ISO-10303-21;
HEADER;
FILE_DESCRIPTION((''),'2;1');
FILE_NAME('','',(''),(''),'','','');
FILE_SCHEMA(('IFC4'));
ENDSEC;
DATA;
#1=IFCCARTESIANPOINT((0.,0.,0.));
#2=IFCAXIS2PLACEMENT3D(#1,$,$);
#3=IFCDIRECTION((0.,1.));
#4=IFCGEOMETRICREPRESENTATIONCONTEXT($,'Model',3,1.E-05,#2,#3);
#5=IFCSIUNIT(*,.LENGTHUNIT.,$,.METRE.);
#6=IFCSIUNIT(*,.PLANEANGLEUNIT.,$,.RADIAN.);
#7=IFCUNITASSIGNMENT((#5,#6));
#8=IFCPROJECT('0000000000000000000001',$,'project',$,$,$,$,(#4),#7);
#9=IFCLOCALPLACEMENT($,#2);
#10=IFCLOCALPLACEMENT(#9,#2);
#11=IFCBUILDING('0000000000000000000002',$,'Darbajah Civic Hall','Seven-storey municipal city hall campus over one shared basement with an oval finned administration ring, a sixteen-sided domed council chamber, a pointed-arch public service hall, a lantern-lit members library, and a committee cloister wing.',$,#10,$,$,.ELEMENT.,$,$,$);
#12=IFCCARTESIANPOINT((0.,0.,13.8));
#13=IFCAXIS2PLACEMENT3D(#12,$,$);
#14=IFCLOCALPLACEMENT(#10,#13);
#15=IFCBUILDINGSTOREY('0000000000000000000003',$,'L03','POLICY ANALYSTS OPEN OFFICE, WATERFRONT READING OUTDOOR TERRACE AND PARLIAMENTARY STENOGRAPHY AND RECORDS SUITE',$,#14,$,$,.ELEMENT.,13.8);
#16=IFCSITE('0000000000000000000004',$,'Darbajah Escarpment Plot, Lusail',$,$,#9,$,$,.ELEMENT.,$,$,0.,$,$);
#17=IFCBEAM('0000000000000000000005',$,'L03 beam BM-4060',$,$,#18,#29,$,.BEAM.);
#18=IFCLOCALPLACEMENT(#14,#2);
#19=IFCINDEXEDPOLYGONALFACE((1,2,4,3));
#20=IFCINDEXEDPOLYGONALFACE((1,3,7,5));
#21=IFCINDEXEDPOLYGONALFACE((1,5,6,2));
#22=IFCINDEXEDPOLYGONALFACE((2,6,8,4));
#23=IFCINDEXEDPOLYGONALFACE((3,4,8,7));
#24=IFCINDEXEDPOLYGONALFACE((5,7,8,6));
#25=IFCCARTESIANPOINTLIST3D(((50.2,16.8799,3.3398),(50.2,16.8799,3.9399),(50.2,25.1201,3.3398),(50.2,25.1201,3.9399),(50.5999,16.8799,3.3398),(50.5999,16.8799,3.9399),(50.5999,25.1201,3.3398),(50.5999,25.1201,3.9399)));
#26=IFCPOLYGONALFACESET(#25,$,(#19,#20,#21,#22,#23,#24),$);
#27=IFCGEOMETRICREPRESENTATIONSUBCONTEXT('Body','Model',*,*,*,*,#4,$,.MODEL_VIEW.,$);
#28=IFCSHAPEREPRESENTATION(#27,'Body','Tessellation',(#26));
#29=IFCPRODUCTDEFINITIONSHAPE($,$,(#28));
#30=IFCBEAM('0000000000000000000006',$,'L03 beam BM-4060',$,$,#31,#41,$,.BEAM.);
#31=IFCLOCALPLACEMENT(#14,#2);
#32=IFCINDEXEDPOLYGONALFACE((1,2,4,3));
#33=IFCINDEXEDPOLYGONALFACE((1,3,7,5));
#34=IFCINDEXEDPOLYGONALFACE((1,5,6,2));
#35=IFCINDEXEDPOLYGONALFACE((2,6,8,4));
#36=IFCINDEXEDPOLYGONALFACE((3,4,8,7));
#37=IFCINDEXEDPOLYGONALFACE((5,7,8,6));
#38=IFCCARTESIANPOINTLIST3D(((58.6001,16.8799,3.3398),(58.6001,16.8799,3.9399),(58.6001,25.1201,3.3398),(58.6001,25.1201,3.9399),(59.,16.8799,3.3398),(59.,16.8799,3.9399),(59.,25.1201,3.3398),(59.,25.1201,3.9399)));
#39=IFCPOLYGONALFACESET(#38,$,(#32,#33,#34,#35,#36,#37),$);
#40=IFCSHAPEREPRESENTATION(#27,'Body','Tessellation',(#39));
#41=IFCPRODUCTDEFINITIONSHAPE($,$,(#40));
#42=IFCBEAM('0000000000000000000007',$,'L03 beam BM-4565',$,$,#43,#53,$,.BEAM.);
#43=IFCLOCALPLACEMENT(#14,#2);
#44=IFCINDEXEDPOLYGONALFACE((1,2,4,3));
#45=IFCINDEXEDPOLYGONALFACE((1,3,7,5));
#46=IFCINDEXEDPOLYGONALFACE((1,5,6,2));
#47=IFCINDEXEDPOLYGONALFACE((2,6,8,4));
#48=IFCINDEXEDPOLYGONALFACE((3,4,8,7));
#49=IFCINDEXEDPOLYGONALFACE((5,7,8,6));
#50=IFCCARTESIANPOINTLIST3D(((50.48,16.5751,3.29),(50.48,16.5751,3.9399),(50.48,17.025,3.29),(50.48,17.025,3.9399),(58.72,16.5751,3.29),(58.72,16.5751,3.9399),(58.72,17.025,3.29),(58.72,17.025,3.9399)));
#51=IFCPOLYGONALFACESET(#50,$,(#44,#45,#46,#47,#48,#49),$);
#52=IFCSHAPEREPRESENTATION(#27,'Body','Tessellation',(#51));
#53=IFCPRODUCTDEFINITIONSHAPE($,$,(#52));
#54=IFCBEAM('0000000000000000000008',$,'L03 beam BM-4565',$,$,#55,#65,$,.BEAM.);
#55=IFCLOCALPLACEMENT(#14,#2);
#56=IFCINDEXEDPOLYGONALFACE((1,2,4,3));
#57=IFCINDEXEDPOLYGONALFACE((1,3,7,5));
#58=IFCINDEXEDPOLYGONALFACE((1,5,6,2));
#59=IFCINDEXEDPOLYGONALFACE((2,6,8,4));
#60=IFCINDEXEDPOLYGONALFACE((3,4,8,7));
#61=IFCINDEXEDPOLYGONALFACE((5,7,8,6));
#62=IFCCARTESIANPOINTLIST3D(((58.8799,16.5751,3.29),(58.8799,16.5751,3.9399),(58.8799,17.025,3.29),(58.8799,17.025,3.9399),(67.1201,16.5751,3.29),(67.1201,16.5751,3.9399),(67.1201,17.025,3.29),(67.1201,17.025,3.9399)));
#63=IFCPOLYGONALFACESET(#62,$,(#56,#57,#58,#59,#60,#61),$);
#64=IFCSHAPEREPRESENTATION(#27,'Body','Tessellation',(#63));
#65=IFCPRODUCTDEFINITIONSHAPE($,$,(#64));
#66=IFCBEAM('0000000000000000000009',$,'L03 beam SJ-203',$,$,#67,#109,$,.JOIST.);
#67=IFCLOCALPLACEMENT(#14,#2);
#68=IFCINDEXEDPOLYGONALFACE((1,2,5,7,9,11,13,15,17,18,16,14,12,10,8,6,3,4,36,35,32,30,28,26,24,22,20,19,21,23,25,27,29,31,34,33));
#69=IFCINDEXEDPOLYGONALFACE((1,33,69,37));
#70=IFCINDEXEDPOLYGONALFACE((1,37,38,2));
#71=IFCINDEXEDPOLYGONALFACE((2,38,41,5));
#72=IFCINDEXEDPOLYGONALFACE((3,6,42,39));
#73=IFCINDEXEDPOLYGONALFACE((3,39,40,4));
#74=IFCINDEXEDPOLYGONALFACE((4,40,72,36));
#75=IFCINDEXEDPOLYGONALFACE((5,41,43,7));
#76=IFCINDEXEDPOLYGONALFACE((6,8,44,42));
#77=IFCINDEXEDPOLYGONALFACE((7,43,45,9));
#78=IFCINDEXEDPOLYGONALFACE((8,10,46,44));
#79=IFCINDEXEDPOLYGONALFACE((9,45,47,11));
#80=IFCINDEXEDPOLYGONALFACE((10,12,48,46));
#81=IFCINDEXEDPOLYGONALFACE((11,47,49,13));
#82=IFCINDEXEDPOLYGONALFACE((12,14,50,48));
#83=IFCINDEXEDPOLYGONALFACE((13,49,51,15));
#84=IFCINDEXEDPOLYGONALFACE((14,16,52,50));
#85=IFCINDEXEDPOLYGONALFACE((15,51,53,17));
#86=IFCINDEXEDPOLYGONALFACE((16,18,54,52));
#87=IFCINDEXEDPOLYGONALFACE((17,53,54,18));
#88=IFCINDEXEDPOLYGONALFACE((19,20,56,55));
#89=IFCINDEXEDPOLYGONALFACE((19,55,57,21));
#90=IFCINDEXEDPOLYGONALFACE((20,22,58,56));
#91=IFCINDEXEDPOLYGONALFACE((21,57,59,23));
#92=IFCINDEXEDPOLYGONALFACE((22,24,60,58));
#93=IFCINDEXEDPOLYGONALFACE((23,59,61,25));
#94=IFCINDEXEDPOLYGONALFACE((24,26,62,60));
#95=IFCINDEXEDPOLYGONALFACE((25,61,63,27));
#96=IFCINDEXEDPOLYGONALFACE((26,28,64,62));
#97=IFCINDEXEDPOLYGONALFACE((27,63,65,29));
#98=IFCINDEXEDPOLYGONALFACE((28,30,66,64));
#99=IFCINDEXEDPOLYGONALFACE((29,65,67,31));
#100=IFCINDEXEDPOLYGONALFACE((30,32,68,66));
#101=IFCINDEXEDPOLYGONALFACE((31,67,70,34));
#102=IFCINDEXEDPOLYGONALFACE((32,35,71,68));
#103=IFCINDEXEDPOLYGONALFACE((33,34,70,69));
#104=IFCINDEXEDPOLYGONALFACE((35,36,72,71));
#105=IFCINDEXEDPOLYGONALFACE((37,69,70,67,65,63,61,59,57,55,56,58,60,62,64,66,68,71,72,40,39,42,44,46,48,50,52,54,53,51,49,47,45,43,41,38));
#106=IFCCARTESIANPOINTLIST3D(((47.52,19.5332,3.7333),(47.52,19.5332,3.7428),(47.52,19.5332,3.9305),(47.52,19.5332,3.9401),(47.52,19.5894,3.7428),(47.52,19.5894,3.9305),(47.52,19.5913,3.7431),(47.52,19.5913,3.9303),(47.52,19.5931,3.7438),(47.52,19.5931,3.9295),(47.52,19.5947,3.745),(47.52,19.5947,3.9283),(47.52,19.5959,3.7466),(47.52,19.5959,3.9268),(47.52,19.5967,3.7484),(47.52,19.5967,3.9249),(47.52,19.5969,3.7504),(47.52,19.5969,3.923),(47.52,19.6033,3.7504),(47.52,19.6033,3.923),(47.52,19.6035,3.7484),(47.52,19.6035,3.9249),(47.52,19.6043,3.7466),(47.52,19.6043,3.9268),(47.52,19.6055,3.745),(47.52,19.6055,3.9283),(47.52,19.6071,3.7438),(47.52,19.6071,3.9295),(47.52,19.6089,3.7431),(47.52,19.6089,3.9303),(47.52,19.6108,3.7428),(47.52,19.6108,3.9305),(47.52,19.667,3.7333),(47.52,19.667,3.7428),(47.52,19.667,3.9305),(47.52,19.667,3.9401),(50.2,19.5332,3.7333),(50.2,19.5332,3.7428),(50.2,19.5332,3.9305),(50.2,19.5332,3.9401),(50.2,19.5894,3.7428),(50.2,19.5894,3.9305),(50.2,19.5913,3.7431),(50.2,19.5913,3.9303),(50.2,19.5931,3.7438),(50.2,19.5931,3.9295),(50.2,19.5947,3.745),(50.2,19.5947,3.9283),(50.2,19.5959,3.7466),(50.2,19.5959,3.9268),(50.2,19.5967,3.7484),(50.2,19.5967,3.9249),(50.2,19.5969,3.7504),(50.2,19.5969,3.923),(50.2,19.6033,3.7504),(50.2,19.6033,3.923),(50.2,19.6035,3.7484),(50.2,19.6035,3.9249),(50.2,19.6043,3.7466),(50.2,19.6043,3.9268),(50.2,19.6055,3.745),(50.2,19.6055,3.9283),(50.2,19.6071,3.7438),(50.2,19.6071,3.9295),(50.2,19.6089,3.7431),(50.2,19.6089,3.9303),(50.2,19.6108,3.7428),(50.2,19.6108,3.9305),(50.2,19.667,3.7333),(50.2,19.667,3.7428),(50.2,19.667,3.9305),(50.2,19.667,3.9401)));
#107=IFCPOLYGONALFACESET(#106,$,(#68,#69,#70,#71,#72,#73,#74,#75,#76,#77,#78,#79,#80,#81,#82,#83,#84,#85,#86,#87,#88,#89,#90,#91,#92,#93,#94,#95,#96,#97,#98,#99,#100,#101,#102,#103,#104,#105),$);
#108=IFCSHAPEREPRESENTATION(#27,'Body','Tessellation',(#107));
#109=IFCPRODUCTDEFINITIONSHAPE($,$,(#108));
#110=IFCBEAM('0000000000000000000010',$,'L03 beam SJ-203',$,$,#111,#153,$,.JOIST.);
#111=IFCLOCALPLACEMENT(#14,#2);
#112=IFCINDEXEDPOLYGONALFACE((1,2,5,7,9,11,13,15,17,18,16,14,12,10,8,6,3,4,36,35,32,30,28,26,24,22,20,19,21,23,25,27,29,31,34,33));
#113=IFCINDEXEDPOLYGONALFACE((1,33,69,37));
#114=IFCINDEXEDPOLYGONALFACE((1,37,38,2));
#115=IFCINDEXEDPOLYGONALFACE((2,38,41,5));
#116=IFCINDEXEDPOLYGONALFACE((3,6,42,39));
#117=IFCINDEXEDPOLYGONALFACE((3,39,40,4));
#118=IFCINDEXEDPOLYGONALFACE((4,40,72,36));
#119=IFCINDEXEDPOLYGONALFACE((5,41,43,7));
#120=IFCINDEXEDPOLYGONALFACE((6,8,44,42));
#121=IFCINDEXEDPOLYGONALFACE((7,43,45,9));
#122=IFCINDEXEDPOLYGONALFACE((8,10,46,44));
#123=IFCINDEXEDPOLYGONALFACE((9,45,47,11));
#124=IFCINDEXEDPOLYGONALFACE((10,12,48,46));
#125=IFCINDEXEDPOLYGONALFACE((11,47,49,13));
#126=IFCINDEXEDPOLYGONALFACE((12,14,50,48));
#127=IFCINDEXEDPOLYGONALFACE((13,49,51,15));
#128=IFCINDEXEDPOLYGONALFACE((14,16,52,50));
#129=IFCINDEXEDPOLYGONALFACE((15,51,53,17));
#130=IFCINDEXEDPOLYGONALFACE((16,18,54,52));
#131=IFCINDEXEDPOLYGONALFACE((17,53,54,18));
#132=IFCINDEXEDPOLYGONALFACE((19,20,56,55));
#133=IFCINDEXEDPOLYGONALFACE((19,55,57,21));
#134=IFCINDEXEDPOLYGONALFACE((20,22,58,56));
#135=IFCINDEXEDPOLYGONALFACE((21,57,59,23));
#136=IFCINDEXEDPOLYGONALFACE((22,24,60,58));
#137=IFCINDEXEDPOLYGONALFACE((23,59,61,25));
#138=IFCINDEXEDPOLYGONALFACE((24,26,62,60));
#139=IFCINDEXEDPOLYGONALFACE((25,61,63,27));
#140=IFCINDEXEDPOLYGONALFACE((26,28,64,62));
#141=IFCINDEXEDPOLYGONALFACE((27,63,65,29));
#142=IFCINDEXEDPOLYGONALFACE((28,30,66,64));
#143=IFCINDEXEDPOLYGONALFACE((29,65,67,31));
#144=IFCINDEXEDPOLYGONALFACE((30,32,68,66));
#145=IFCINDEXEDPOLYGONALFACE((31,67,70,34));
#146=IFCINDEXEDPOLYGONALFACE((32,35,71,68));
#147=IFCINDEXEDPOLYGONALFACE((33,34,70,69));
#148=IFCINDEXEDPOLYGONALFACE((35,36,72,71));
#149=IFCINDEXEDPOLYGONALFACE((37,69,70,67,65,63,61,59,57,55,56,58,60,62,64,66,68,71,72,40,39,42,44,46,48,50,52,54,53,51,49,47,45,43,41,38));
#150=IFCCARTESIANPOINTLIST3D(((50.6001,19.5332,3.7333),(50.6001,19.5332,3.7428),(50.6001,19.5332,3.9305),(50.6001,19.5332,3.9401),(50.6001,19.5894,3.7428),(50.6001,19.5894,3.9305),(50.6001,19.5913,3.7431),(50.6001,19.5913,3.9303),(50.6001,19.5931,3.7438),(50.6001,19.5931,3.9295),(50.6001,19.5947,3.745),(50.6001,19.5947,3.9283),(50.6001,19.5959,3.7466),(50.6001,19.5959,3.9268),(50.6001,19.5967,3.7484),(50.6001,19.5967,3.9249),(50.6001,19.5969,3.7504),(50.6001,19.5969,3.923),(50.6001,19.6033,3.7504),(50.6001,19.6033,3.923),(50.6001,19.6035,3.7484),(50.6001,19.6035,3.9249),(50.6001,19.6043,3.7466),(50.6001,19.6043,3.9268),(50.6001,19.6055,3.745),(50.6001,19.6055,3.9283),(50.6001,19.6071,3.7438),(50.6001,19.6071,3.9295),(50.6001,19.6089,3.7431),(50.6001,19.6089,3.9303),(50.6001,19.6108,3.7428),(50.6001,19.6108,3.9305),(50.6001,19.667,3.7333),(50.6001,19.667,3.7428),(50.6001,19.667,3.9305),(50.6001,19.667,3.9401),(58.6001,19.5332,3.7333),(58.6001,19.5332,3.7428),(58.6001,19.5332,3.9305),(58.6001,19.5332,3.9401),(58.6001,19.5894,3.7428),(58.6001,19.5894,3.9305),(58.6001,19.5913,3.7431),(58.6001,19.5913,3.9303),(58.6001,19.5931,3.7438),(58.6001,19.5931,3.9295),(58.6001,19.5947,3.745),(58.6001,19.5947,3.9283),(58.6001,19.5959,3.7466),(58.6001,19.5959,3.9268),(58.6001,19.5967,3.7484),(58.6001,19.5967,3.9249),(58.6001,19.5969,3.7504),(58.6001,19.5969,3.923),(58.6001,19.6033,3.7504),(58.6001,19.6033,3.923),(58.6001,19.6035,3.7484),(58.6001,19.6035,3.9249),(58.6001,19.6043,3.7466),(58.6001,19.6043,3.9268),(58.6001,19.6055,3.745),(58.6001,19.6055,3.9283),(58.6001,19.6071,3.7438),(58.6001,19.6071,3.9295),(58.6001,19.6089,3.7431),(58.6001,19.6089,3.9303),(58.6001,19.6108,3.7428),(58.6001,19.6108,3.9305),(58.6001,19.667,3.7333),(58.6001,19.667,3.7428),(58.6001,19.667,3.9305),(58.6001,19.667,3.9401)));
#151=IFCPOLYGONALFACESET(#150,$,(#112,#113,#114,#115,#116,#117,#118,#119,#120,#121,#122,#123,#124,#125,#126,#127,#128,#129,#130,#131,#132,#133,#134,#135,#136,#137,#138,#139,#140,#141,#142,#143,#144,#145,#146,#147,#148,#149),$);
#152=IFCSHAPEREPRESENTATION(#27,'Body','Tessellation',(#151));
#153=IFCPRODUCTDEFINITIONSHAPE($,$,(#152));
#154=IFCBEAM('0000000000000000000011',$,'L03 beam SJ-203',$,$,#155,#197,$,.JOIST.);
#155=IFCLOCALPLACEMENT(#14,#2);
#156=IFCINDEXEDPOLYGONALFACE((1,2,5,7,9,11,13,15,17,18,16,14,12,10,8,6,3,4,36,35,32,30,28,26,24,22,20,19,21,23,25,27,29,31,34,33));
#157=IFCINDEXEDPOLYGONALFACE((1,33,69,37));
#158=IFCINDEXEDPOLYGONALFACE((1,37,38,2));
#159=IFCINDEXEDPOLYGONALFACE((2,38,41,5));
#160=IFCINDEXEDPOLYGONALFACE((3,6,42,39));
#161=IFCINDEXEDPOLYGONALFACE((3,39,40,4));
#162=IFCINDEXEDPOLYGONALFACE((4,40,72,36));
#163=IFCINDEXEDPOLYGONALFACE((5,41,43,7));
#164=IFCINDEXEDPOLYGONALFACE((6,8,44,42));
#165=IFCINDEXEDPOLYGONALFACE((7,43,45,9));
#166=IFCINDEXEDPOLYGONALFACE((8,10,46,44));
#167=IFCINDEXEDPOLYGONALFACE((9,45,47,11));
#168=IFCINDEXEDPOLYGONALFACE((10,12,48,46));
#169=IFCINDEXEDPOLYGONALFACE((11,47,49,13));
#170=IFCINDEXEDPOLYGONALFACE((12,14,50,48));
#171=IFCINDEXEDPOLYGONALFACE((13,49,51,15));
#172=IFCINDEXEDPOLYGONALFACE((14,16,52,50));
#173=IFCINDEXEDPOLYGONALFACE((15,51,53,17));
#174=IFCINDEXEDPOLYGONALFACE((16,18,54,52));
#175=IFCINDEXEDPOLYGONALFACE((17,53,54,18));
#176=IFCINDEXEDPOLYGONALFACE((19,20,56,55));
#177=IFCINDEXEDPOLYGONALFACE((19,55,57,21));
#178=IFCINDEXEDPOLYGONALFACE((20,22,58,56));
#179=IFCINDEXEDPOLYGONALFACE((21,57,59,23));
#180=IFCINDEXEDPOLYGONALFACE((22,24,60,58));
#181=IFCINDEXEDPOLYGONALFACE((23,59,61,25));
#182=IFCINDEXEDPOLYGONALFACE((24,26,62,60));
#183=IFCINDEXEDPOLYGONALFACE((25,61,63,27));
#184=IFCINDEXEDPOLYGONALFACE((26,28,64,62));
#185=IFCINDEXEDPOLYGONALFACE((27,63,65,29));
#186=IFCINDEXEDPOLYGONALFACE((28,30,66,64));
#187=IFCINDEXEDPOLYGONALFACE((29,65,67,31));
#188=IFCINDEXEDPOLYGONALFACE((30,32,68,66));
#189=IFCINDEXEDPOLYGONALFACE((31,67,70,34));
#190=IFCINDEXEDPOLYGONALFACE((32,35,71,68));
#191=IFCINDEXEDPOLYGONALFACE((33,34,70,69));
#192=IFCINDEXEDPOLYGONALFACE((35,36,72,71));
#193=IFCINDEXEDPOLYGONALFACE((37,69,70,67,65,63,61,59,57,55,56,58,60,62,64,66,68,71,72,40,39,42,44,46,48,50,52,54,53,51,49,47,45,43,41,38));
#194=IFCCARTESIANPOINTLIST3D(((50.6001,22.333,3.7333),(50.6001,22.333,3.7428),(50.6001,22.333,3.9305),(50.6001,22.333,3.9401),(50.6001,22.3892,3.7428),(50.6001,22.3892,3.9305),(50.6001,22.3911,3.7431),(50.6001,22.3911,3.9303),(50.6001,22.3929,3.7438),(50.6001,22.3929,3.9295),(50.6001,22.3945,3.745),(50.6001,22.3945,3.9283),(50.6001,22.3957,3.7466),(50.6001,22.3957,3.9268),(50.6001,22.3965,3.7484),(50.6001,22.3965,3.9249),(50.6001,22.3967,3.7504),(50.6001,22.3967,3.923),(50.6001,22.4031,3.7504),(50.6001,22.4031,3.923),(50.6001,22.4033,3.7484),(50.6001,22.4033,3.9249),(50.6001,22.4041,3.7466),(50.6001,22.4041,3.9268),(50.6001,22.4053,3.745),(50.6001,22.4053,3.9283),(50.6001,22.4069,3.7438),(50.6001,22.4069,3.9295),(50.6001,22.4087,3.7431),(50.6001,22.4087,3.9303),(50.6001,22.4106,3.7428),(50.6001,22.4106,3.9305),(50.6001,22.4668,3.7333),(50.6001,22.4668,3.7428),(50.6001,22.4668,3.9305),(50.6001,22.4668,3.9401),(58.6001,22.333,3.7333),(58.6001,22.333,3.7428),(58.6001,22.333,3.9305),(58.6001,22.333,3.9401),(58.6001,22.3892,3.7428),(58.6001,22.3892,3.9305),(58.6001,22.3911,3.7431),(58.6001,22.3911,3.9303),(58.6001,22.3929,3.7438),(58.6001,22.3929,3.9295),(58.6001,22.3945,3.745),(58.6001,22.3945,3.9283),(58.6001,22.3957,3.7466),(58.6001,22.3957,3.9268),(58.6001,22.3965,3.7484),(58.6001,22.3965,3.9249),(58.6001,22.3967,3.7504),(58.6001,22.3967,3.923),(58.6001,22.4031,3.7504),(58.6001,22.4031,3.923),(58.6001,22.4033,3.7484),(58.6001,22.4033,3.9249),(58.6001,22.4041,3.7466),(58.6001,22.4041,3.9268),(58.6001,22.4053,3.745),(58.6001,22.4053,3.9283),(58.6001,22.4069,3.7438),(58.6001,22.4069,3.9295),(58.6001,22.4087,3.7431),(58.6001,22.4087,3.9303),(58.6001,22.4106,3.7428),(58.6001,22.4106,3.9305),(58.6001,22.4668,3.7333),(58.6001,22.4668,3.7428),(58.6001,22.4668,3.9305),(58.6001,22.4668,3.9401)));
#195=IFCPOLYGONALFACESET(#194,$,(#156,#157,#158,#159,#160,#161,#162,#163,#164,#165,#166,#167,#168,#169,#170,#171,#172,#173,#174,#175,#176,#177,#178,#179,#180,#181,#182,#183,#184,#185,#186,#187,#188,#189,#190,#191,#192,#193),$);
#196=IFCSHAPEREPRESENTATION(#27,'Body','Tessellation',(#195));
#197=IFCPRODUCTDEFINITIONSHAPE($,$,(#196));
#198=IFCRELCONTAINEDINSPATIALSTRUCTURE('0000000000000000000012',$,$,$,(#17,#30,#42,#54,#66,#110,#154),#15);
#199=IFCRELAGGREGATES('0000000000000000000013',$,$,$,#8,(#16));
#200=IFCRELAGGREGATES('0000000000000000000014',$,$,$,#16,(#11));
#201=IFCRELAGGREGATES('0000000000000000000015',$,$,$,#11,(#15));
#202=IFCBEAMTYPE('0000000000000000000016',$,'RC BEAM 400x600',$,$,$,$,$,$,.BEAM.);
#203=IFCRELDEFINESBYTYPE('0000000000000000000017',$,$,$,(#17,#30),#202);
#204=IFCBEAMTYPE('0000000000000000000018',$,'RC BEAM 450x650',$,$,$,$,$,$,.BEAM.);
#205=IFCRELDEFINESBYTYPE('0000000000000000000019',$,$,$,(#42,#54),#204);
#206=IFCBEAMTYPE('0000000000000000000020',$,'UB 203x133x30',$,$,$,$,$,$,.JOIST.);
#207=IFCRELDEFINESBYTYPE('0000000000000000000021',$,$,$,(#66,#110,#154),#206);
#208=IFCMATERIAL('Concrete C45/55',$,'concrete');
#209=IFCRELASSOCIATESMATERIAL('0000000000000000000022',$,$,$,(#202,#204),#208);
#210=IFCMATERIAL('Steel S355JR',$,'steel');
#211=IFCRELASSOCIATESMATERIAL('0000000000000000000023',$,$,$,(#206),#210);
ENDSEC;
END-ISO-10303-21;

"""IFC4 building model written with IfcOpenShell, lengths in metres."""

from ifc_helpers import new_model, si_unit, direction, frame, origin, origin_2d, place, context, subcontext, project, spatial, rectangle, i_section, extrude, material, material_profile, profile_set, type_object, element, save


model = new_model("IFC4")

# Units and contexts
model_context = context("Model", 3, precision=1e-05, world=origin(), true_north=direction((0.0, 1.0)))
body_context = subcontext(model_context, "Body", "Model", "MODEL_VIEW")
ifc_project = project(units=[si_unit("LENGTHUNIT", "METRE"), si_unit("PLANEANGLEUNIT", "RADIAN")], contexts=[model_context])

# Site, building, storey
site_placement = place(None, origin())
site = spatial("IfcSite", under=ifc_project, at=site_placement, Name="Darbajah Escarpment Plot, Lusail", CompositionType="ELEMENT", RefElevation=0.0)
building_placement = place(site_placement, origin())
building = spatial("IfcBuilding", under=site, at=building_placement, Name="Darbajah Civic Hall", Description="Seven-storey municipal city hall campus over one shared basement with an oval finned administration ring, a sixteen-sided domed council chamber, a pointed-arch public service hall, a lantern-lit members library, and a committee cloister wing.", CompositionType="ELEMENT")
storey_placement = place(building_placement, frame((0.0, 0.0, 13.8)))
storey = spatial("IfcBuildingStorey", under=building, at=storey_placement, Name="L03", Description="POLICY ANALYSTS OPEN OFFICE, WATERFRONT READING OUTDOOR TERRACE AND PARLIAMENTARY STENOGRAPHY AND RECORDS SUITE", CompositionType="ELEMENT", Elevation=13.8)

# Shared definitions
ifc_material_1 = material(Name="Concrete C45/55", Category="concrete")

# Beams
ifc_material_profile_1 = material_profile(ifc_material_1, rectangle(XDim=0.3999, YDim=0.6001, at=origin_2d()), Name="RC BEAM 400x600")
ifc_profile_set_1 = profile_set([ifc_material_profile_1], Name="Concrete C45/55")
beam_type_1 = type_object("IfcBeamType", Name="RC BEAM 400x600", PredefinedType="BEAM", material=ifc_profile_set_1)
for number, where, z_axis, x_axis, name in (
    (1, (50.3999, 16.8799, 3.6399), (0.0, 1.0, 0.0), (-1.0, 0.0, 0.0), "L03 beam BM-4060"),
    (2, (58.8, 16.8799, 3.6399), (0.0, 1.0, 0.0), (-1.0, 0.0, 0.0), "L03 beam BM-4060"),
):
    element("IfcBeam", number, at=place(storey_placement, frame(where, z_axis=z_axis, x_axis=x_axis)), inside=storey, type_object=beam_type_1, Name=name, PredefinedType="BEAM", context=body_context, shape_type="SweptSolid", body=[
        extrude(rectangle(XDim=0.3999, YDim=0.6001, at=origin_2d()), origin(), (0.0, 0.0, 1.0), 8.2402),
    ])
ifc_material_profile_2 = material_profile(ifc_material_1, rectangle(XDim=0.45, YDim=0.6499, at=origin_2d()), Name="RC BEAM 450x650")
ifc_profile_set_2 = profile_set([ifc_material_profile_2], Name="Concrete C45/55")
beam_type_2 = type_object("IfcBeamType", Name="RC BEAM 450x650", PredefinedType="BEAM", material=ifc_profile_set_2)
beam_1_placement = place(storey_placement, frame((50.48, 16.8, 3.615), z_axis=(1.0, 0.0, 0.0), x_axis=(0.0, 1.0, 0.0)))
element("IfcBeam", 3, at=beam_1_placement, inside=storey, type_object=beam_type_2, Name="L03 beam BM-4565", PredefinedType="BEAM", context=body_context, shape_type="SweptSolid", body=[
    extrude(rectangle(XDim=0.45, YDim=0.6499, at=origin_2d()), origin(), (0.0, 0.0, 1.0), 8.24),
])
beam_2_placement = place(storey_placement, frame((58.8799, 16.8, 3.615), z_axis=(1.0, 0.0, 0.0), x_axis=(0.0, 1.0, 0.0)))
element("IfcBeam", 4, at=beam_2_placement, inside=storey, type_object=beam_type_2, Name="L03 beam BM-4565", PredefinedType="BEAM", context=body_context, shape_type="SweptSolid", body=[
    extrude(rectangle(XDim=0.45, YDim=0.6499, at=origin_2d()), origin(), (0.0, 0.0, 1.0), 8.2402),
])
ifc_material_2 = material(Name="Steel S355JR", Category="steel")
ifc_material_profile_3 = material_profile(ifc_material_2, i_section(OverallWidth=0.1338, OverallDepth=0.2068, WebThickness=0.0063, FlangeThickness=0.0095, FilletRadius=0.0076, at=origin_2d()), Name="UB 203x133x30")
ifc_profile_set_3 = profile_set([ifc_material_profile_3], Name="Steel S355JR")
beam_type_3 = type_object("IfcBeamType", Name="UB 203x133x30", PredefinedType="JOIST", material=ifc_profile_set_3)
beam_3_placement = place(storey_placement, frame((47.52, 19.6001, 3.8367), z_axis=(1.0, 0.0, 0.0), x_axis=(0.0, 1.0, 0.0)))
element("IfcBeam", 5, at=beam_3_placement, inside=storey, type_object=beam_type_3, Name="L03 beam SJ-203", PredefinedType="JOIST", context=body_context, shape_type="SweptSolid", body=[
    extrude(i_section(OverallWidth=0.1338, OverallDepth=0.2068, WebThickness=0.0063, FlangeThickness=0.0095, FilletRadius=0.0076, at=origin_2d()), origin(), (0.0, 0.0, 1.0), 2.6799),
])
for number, where, z_axis, x_axis, name in (
    (6, (50.6001, 19.6001, 3.8367), (1.0, 0.0, 0.0), (0.0, 1.0, 0.0), "L03 beam SJ-203"),
    (7, (50.6001, 22.3999, 3.8367), (1.0, 0.0, 0.0), (0.0, 1.0, 0.0), "L03 beam SJ-203"),
):
    element("IfcBeam", number, at=place(storey_placement, frame(where, z_axis=z_axis, x_axis=x_axis)), inside=storey, type_object=beam_type_3, Name=name, PredefinedType="JOIST", context=body_context, shape_type="SweptSolid", body=[
        extrude(i_section(OverallWidth=0.1338, OverallDepth=0.2068, WebThickness=0.0063, FlangeThickness=0.0095, FilletRadius=0.0076, at=origin_2d()), origin(), (0.0, 0.0, 1.0), 8.0),
    ])

save(model, "model.ifc")
